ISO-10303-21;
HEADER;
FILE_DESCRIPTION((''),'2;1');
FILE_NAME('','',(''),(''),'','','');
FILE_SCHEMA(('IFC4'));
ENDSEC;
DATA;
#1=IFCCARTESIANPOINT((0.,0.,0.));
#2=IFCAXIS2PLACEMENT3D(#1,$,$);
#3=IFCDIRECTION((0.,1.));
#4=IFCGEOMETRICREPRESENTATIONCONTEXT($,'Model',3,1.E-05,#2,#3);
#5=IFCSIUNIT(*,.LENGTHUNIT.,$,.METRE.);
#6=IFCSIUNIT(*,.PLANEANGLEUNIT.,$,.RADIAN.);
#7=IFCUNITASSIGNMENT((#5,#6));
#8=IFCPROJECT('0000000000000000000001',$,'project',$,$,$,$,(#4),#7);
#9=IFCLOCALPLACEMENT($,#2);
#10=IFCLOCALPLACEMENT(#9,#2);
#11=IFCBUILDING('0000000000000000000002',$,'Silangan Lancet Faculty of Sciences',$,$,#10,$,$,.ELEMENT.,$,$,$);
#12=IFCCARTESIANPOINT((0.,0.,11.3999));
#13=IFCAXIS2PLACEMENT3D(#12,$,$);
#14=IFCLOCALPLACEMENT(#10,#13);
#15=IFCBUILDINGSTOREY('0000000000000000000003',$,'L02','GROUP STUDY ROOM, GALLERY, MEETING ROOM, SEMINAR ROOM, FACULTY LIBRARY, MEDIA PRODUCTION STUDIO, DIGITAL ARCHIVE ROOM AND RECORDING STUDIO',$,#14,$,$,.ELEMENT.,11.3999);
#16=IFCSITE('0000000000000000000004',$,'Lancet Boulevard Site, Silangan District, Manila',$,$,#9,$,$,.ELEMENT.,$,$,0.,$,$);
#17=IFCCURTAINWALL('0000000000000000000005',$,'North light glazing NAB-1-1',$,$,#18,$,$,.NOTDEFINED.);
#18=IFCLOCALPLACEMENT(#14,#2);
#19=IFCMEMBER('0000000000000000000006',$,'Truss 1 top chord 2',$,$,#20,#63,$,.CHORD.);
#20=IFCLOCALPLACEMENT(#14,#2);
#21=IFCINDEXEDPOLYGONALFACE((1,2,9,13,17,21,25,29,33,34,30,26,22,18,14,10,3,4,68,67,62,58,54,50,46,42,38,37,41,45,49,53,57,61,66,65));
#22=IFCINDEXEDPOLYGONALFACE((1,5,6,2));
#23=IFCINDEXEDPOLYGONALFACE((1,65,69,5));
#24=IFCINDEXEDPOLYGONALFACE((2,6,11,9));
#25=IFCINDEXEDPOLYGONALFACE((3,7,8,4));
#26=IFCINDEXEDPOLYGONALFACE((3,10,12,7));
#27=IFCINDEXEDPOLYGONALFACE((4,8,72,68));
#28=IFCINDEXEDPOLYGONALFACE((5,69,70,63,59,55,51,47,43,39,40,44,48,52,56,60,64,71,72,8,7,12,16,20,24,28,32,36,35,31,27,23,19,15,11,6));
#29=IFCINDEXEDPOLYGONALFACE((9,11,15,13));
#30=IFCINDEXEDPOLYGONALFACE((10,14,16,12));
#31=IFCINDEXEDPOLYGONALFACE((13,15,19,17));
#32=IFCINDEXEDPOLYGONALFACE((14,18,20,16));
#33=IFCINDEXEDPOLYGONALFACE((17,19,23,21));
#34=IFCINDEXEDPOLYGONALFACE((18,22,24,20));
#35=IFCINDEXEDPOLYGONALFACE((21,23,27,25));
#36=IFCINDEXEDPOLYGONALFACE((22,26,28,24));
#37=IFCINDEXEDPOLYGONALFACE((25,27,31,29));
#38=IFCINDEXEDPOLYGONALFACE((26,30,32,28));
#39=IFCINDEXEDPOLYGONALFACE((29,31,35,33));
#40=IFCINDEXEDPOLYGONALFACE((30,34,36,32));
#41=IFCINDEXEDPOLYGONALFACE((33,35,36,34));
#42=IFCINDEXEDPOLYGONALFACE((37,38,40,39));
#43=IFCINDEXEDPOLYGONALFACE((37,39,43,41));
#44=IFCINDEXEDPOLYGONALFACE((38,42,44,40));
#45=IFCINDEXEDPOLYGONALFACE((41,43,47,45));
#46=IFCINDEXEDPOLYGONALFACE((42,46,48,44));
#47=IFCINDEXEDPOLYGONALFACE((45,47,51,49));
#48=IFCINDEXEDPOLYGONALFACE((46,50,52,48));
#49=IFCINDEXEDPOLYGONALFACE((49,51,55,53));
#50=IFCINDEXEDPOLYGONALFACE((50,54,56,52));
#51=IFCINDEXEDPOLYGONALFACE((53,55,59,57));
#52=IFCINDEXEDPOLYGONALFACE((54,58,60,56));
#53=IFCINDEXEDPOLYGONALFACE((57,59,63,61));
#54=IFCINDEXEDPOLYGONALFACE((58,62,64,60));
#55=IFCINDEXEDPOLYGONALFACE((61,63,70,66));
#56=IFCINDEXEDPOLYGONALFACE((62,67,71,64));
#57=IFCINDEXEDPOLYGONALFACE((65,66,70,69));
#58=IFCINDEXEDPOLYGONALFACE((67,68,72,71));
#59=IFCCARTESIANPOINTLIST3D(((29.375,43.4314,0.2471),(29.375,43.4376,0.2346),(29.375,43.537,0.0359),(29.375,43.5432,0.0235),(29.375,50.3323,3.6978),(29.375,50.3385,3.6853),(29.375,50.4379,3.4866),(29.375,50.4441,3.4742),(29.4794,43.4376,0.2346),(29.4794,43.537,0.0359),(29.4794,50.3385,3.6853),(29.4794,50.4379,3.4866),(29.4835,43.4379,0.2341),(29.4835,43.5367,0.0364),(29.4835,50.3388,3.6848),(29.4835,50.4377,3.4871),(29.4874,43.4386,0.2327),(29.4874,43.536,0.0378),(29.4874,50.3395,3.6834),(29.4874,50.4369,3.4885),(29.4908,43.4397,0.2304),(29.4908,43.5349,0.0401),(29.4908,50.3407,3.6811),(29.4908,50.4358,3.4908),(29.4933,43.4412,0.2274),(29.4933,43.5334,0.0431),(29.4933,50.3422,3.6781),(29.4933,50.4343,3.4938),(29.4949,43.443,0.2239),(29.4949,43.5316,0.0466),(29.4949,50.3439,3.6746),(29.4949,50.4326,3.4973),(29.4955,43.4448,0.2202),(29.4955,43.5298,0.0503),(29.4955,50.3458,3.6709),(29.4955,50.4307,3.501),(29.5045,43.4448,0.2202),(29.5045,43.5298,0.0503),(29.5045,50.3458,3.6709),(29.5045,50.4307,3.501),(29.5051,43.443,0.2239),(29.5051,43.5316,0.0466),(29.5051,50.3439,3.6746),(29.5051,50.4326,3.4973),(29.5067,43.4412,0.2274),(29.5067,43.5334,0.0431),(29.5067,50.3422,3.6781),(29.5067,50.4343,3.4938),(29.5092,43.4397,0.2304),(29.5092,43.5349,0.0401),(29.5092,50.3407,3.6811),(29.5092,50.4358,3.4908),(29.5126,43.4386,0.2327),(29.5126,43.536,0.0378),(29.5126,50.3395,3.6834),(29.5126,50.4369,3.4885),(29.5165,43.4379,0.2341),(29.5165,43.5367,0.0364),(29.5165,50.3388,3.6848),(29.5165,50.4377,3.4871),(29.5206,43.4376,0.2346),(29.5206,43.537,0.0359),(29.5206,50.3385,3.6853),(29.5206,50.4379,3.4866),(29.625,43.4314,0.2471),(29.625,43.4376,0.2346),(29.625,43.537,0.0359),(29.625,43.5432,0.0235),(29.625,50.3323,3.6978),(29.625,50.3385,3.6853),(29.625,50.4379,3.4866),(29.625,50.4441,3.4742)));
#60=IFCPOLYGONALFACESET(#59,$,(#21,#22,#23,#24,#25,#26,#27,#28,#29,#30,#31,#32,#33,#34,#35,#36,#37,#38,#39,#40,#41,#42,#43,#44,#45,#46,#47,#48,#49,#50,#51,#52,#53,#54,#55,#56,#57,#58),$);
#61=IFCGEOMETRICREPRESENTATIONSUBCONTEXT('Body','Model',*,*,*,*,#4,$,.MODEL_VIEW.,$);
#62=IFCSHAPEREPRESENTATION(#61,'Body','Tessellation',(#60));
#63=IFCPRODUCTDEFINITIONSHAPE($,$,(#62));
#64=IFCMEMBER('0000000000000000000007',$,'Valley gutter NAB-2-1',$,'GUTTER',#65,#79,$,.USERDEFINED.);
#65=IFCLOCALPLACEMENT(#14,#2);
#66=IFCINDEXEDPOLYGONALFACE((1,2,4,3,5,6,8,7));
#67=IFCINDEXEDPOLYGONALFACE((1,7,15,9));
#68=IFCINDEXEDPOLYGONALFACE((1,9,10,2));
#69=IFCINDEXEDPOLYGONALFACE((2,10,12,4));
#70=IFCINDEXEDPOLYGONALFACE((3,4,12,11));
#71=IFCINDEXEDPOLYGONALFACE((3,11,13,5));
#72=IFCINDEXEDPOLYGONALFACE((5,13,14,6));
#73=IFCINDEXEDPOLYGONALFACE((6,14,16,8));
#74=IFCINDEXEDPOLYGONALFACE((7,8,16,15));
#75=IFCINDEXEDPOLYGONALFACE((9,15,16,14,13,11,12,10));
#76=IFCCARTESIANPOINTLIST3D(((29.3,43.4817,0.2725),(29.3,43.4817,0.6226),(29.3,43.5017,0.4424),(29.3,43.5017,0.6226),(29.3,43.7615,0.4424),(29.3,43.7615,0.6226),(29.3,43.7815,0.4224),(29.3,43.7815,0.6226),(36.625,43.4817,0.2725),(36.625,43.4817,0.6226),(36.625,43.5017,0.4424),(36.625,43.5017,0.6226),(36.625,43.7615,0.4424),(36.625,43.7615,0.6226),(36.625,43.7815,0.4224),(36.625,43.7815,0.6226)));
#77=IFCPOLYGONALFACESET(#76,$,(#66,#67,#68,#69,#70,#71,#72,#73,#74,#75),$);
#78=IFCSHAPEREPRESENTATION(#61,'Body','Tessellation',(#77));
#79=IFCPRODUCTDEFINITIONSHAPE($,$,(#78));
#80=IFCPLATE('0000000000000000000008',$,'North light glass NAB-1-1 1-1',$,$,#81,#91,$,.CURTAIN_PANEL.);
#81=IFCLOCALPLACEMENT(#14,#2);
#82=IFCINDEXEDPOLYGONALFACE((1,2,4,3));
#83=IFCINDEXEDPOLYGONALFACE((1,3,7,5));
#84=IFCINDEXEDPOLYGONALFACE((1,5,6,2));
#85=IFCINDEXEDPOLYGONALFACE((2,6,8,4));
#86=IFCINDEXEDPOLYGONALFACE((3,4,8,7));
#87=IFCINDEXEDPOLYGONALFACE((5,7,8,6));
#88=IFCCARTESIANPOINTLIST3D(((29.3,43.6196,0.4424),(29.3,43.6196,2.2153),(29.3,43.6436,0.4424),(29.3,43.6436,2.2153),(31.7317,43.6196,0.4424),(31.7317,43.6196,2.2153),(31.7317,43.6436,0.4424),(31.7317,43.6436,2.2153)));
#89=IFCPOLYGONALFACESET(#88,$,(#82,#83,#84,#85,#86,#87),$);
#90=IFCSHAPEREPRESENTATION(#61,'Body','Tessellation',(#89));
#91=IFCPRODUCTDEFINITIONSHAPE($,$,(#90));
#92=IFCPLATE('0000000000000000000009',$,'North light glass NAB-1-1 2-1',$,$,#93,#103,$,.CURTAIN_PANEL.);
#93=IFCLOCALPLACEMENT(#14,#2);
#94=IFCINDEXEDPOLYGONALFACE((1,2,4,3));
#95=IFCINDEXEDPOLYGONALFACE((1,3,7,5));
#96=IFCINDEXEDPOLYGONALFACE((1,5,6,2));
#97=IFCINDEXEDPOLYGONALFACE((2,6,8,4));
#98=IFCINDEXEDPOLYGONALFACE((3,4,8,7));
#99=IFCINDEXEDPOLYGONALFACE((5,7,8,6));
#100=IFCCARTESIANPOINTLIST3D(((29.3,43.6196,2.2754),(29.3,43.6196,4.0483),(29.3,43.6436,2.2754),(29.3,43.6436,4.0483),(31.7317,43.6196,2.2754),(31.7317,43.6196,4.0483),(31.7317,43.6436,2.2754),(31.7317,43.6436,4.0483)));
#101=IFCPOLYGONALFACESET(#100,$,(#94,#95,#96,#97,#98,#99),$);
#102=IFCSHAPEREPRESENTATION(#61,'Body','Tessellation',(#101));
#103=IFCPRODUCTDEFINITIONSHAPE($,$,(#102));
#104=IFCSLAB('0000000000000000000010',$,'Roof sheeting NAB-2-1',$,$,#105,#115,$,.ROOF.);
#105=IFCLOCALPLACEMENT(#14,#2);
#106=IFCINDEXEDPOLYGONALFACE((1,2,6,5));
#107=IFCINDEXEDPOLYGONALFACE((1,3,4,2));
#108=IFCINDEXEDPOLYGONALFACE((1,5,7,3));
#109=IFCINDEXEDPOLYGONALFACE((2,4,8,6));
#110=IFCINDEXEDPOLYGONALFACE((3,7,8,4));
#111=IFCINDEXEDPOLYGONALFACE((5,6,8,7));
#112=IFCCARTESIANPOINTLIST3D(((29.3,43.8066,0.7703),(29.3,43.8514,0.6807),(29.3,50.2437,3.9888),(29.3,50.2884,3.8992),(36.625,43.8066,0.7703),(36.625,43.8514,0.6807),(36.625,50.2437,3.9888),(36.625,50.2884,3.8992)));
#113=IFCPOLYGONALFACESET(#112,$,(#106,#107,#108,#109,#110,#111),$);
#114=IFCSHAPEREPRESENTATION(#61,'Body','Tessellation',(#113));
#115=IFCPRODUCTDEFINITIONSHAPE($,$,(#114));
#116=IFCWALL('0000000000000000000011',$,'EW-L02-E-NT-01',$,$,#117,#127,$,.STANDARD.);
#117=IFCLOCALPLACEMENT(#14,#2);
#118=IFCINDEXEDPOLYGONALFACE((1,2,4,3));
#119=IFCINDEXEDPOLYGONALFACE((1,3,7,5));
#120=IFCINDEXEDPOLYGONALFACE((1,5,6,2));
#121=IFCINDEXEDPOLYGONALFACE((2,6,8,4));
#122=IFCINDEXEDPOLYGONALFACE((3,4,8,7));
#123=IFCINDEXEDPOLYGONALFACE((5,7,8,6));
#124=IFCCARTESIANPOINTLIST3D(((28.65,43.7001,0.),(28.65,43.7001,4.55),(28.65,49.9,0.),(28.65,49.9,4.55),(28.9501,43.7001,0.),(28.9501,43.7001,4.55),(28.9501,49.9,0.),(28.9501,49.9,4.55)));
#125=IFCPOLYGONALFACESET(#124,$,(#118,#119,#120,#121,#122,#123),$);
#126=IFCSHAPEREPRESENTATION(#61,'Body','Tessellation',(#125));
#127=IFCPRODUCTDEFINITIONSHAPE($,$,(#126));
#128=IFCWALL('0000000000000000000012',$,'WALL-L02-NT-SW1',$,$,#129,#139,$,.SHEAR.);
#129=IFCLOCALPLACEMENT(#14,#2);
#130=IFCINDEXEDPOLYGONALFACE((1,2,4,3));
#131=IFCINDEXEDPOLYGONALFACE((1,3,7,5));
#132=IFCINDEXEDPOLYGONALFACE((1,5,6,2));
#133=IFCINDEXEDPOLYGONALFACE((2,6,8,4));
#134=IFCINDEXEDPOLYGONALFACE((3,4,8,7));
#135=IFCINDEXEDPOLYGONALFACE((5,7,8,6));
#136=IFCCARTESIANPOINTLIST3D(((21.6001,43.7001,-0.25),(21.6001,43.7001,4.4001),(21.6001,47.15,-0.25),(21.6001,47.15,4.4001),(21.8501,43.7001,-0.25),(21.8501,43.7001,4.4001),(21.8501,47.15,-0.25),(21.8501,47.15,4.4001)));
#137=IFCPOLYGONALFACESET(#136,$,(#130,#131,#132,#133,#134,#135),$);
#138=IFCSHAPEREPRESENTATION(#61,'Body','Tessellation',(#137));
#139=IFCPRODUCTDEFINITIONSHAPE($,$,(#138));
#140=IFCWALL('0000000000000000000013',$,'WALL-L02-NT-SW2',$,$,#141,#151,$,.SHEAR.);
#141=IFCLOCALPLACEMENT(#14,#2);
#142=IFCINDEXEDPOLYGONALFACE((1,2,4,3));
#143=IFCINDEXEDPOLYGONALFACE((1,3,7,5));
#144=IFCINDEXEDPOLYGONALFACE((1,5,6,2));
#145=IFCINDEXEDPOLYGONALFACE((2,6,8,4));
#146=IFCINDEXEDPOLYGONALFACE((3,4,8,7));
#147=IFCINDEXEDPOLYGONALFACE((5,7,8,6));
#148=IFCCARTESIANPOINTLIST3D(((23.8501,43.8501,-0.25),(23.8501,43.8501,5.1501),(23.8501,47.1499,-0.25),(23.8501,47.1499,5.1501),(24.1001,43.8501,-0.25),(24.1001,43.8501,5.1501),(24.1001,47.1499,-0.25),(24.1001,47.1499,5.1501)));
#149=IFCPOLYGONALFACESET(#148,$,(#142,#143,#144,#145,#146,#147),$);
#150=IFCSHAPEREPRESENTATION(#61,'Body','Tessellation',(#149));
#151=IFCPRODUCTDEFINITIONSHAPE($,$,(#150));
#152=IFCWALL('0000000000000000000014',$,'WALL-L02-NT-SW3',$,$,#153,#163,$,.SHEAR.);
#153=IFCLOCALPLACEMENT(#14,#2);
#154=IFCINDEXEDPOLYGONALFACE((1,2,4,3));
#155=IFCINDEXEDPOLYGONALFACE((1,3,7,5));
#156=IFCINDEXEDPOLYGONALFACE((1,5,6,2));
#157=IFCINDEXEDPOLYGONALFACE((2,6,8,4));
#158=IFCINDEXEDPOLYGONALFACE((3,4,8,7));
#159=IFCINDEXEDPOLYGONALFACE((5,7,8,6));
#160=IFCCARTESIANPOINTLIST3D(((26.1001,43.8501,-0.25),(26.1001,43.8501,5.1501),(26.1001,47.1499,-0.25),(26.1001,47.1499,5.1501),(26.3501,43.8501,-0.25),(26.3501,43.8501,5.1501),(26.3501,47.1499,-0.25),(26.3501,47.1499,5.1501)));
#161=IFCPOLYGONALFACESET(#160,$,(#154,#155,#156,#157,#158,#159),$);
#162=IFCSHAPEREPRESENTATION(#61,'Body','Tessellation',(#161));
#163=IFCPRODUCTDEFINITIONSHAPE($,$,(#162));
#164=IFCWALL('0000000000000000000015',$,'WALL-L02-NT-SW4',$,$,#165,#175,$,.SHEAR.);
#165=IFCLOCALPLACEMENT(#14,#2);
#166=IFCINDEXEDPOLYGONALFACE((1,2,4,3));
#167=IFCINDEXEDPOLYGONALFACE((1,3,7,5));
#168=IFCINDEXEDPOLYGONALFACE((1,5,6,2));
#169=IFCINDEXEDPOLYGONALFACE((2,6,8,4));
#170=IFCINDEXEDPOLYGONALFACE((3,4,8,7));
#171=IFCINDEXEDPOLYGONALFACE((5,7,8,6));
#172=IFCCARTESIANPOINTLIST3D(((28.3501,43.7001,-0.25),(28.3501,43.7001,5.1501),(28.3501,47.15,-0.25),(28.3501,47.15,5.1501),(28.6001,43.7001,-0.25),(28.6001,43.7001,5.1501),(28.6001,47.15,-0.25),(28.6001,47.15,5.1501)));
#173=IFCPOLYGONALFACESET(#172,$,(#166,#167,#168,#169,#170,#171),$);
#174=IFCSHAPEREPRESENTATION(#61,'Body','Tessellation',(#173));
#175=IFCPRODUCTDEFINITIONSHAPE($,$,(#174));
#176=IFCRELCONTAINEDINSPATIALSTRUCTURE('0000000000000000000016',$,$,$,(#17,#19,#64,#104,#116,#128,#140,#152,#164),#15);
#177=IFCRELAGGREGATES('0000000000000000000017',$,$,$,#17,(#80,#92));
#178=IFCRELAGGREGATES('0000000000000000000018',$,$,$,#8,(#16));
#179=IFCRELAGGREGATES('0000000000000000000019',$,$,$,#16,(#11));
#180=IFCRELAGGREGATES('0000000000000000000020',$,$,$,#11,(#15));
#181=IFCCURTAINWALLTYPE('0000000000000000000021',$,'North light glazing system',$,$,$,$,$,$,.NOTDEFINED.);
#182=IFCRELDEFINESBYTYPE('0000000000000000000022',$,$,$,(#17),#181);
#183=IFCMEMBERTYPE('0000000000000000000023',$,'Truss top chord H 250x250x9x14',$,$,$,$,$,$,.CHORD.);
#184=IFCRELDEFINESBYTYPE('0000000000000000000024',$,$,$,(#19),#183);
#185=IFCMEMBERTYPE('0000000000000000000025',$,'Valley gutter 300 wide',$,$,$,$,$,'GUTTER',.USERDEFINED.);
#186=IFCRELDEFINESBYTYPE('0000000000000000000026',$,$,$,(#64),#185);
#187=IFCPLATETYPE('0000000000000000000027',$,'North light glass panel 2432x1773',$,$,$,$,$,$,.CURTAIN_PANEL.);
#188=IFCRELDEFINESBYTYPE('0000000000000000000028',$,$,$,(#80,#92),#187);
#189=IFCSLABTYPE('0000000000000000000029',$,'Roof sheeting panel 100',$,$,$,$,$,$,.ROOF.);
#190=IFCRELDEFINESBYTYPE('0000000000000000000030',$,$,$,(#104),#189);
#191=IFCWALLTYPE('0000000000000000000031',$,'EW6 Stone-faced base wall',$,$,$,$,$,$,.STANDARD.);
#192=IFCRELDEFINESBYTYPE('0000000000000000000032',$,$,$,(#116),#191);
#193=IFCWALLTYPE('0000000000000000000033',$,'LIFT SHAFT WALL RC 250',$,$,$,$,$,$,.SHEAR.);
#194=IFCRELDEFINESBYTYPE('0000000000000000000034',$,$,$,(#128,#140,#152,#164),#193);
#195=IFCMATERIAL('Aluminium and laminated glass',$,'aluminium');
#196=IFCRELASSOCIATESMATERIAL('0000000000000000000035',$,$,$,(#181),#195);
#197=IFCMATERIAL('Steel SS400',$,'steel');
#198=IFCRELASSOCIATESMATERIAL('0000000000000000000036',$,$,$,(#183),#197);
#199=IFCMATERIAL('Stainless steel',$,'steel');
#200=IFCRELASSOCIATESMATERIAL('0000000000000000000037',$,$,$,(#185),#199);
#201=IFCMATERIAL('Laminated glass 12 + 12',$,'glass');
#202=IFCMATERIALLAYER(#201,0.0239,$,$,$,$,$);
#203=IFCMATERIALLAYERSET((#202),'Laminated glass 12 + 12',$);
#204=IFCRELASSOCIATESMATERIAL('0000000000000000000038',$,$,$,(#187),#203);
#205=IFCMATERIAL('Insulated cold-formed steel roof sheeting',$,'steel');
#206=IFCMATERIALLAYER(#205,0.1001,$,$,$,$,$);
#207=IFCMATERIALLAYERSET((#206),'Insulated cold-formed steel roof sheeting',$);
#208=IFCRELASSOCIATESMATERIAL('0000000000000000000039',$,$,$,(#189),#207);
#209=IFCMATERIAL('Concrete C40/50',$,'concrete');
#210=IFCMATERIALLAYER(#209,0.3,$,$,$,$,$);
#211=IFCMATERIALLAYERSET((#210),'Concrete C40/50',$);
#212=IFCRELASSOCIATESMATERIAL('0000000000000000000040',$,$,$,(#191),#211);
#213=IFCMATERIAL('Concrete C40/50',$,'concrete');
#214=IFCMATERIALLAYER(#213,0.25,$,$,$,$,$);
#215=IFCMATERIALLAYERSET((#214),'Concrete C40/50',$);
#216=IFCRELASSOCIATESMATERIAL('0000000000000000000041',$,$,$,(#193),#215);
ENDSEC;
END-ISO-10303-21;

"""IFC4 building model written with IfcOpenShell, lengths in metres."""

from ifc_helpers import new_model, si_unit, direction, frame, frame_2d, origin, origin_2d, place, context, subcontext, project, spatial, polyline, rectangle, i_section, outline, extrude, material, layer, layer_set, material_profile, profile_set, type_object, element, aggregate, save


model = new_model("IFC4")

# Units and contexts
model_context = context("Model", 3, precision=1e-05, world=origin(), true_north=direction((0.0, 1.0)))
body_context = subcontext(model_context, "Body", "Model", "MODEL_VIEW")
ifc_project = project(units=[si_unit("LENGTHUNIT", "METRE"), si_unit("PLANEANGLEUNIT", "RADIAN")], contexts=[model_context])

# Site, building, storey
site_placement = place(None, origin())
site = spatial("IfcSite", under=ifc_project, at=site_placement, Name="Lancet Boulevard Site, Silangan District, Manila", CompositionType="ELEMENT", RefElevation=0.0)
building_placement = place(site_placement, origin())
building = spatial("IfcBuilding", under=site, at=building_placement, Name="Silangan Lancet Faculty of Sciences", CompositionType="ELEMENT")
storey_placement = place(building_placement, frame((0.0, 0.0, 11.3999)))
storey = spatial("IfcBuildingStorey", under=building, at=storey_placement, Name="L02", Description="GROUP STUDY ROOM, GALLERY, MEETING ROOM, SEMINAR ROOM, FACULTY LIBRARY, MEDIA PRODUCTION STUDIO, DIGITAL ARCHIVE ROOM AND RECORDING STUDIO", CompositionType="ELEMENT", Elevation=11.3999)

# Curtain wall
ifc_material_1 = material(Name="Aluminium and laminated glass", Category="aluminium")
curtain_wall_type = type_object("IfcCurtainWallType", Name="North light glazing system", PredefinedType="NOTDEFINED", material=ifc_material_1)
curtain_wall_placement = place(storey_placement, origin())
curtain_wall = element("IfcCurtainWall", 1, at=curtain_wall_placement, inside=storey, type_object=curtain_wall_type, Name="North light glazing NAB-1-1", PredefinedType="NOTDEFINED")

# Members
ifc_material_2 = material(Name="Steel SS400", Category="steel")
ifc_material_profile_1 = material_profile(ifc_material_2, i_section(OverallWidth=0.25, OverallDepth=0.25, WebThickness=0.009, FlangeThickness=0.0139, FilletRadius=0.0161, at=origin_2d()), Name="H 250x250x9x14")
ifc_profile_set_1 = profile_set([ifc_material_profile_1], Name="Steel SS400")
member_type_1 = type_object("IfcMemberType", Name="Truss top chord H 250x250x9x14", PredefinedType="CHORD", material=ifc_profile_set_1)
member_1_placement = place(storey_placement, frame((29.5, 43.4873, 0.1353), z_axis=(0.0, 0.894415, 0.447239), x_axis=(-1.0, 0.0, 0.0)))
element("IfcMember", 2, at=member_1_placement, inside=storey, type_object=member_type_1, Name="Truss 1 top chord 2", PredefinedType="CHORD", context=body_context, shape_type="SweptSolid", body=[
    extrude(i_section(OverallWidth=0.25, OverallDepth=0.25, WebThickness=0.009, FlangeThickness=0.0139, FilletRadius=0.0161, at=origin_2d()), origin(), (0.0, 0.0, 1.0), 7.7156),
])
ifc_material_3 = material(Name="Stainless steel", Category="steel")
ifc_material_profile_2 = material_profile(ifc_material_3, outline(polyline([(-0.1499, 0.0), (0.1499, 0.1499), (0.1499, 0.3501), (0.1299, 0.3501), (0.1299, 0.1699), (-0.1299, 0.1699), (-0.1299, 0.3501), (-0.1499, 0.3501), (-0.1499, 0.0)])), Name="valley gutter")
ifc_profile_set_2 = profile_set([ifc_material_profile_2], Name="Stainless steel")
member_type_2 = type_object("IfcMemberType", Name="Valley gutter 300 wide", ElementType="GUTTER", PredefinedType="USERDEFINED", material=ifc_profile_set_2)
member_2_placement = place(storey_placement, frame((29.3, 43.6316, 0.2725), z_axis=(1.0, 0.0, 0.0), x_axis=(0.0, 1.0, 0.0)))
element("IfcMember", 3, at=member_2_placement, inside=storey, type_object=member_type_2, Name="Valley gutter NAB-2-1", ObjectType="GUTTER", PredefinedType="USERDEFINED", context=body_context, shape_type="SweptSolid", body=[
    extrude(outline(polyline([(-0.1499, 0.0), (0.1499, 0.1499), (0.1499, 0.3501), (0.1299, 0.3501), (0.1299, 0.1699), (-0.1299, 0.1699), (-0.1299, 0.3501), (-0.1499, 0.3501), (-0.1499, 0.0)])), origin(), (0.0, 0.0, 1.0), 7.325),
])

# Plates
ifc_material_4 = material(Name="Laminated glass 12 + 12", Category="glass")
ifc_layer_1 = layer(ifc_material_4, 0.0239)
ifc_layer_set_1 = layer_set([ifc_layer_1], Name="Laminated glass 12 + 12")
plate_type = type_object("IfcPlateType", Name="North light glass panel 2432x1773", PredefinedType="CURTAIN_PANEL", material=ifc_layer_set_1)
plate_1_placement = place(storey_placement, frame((29.3, 43.6196, 0.4424), z_axis=(0.0, -1.0, 0.0), x_axis=(1.0, 0.0, 0.0)))
plate_1 = element("IfcPlate", 4, at=plate_1_placement, type_object=plate_type, Name="North light glass NAB-1-1 1-1", PredefinedType="CURTAIN_PANEL", context=body_context, shape_type="SweptSolid", body=[
    extrude(outline(polyline([(0.0, 0.0), (2.4316, 0.0), (2.4316, 1.7729), (0.0, 1.7729), (0.0, 0.0)])), origin(), (0.0, 0.0, -1.0), 0.0239),
])
plate_2_placement = place(storey_placement, frame((29.3, 43.6196, 2.2754), z_axis=(0.0, -1.0, 0.0), x_axis=(1.0, 0.0, 0.0)))
plate_2 = element("IfcPlate", 5, at=plate_2_placement, type_object=plate_type, Name="North light glass NAB-1-1 2-1", PredefinedType="CURTAIN_PANEL", context=body_context, shape_type="SweptSolid", body=[
    extrude(outline(polyline([(0.0, 0.0), (2.4316, 0.0), (2.4316, 1.7729), (0.0, 1.7729), (0.0, 0.0)])), origin(), (0.0, 0.0, -1.0), 0.0239),
])
aggregate(curtain_wall, [plate_1, plate_2])

# Slab
ifc_material_5 = material(Name="Insulated cold-formed steel roof sheeting", Category="steel")
ifc_layer_2 = layer(ifc_material_5, 0.1001)
ifc_layer_set_2 = layer_set([ifc_layer_2], Name="Insulated cold-formed steel roof sheeting")
slab_type = type_object("IfcSlabType", Name="Roof sheeting panel 100", PredefinedType="ROOF", material=ifc_layer_set_2)
slab_placement = place(storey_placement, frame((29.3, 43.8066, 0.7703), z_axis=(0.0, -0.447214, 0.894427), x_axis=(1.0, 0.0, 0.0)))
element("IfcSlab", 6, at=slab_placement, inside=storey, type_object=slab_type, Name="Roof sheeting NAB-2-1", PredefinedType="ROOF", context=body_context, shape_type="SweptSolid", body=[
    extrude(outline(polyline([(0.0, 0.0), (7.325, 0.0), (7.325, 7.1968), (0.0, 7.1968), (0.0, 0.0)])), origin(), (0.0, 0.0, -1.0), 0.1001),
])

# Wall
ifc_material_6 = material(Name="Concrete C40/50", Category="concrete")
ifc_layer_3 = layer(ifc_material_6, 0.3)
ifc_layer_set_3 = layer_set([ifc_layer_3], Name="Concrete C40/50")
wall_type_1 = type_object("IfcWallType", Name="EW6 Stone-faced base wall", PredefinedType="STANDARD", material=ifc_layer_set_3)
wall_1_placement = place(storey_placement, frame((28.8, 43.7, 0.0), z_axis=(0.0, 0.0, 1.0), x_axis=(0.0, 1.0, 0.0)))
element("IfcWall", 7, at=wall_1_placement, inside=storey, type_object=wall_type_1, Name="EW-L02-E-NT-01", PredefinedType="STANDARD", context=body_context, shape_type="SweptSolid", body=[
    extrude(rectangle(XDim=6.2, YDim=0.3, at=frame_2d((3.1001, 0.0))), origin(), (0.0, 0.0, 1.0), 4.55),
])

# Walls
ifc_material_7 = material(Name="Concrete C40/50", Category="concrete")
ifc_layer_4 = layer(ifc_material_7, 0.25)
ifc_layer_set_4 = layer_set([ifc_layer_4], Name="Concrete C40/50")
wall_type_2 = type_object("IfcWallType", Name="LIFT SHAFT WALL RC 250", PredefinedType="SHEAR", material=ifc_layer_set_4)
wall_2_placement = place(storey_placement, frame((21.7251, 43.7, -0.25), z_axis=(0.0, 0.0, 1.0), x_axis=(0.0, 1.0, 0.0)))
element("IfcWall", 8, at=wall_2_placement, inside=storey, type_object=wall_type_2, Name="WALL-L02-NT-SW1", PredefinedType="SHEAR", context=body_context, shape_type="SweptSolid", body=[
    extrude(rectangle(XDim=3.45, YDim=0.25, at=frame_2d((1.7251, 0.0))), origin(), (0.0, 0.0, 1.0), 4.6501),
])
for number, where, z_axis, x_axis, name in (
    (9, (23.9751, 43.8501, -0.25), (0.0, 0.0, 1.0), (0.0, 1.0, 0.0), "WALL-L02-NT-SW2"),
    (10, (26.2251, 43.8501, -0.25), (0.0, 0.0, 1.0), (0.0, 1.0, 0.0), "WALL-L02-NT-SW3"),
):
    element("IfcWall", number, at=place(storey_placement, frame(where, z_axis=z_axis, x_axis=x_axis)), inside=storey, type_object=wall_type_2, Name=name, PredefinedType="SHEAR", context=body_context, shape_type="SweptSolid", body=[
        extrude(rectangle(XDim=3.2998, YDim=0.25, at=frame_2d((1.6499, 0.0))), origin(), (0.0, 0.0, 1.0), 5.4001),
    ])
wall_3_placement = place(storey_placement, frame((28.4751, 43.7, -0.25), z_axis=(0.0, 0.0, 1.0), x_axis=(0.0, 1.0, 0.0)))
element("IfcWall", 11, at=wall_3_placement, inside=storey, type_object=wall_type_2, Name="WALL-L02-NT-SW4", PredefinedType="SHEAR", context=body_context, shape_type="SweptSolid", body=[
    extrude(rectangle(XDim=3.45, YDim=0.25, at=frame_2d((1.7251, 0.0))), origin(), (0.0, 0.0, 1.0), 5.4001),
])

save(model, "model.ifc")
